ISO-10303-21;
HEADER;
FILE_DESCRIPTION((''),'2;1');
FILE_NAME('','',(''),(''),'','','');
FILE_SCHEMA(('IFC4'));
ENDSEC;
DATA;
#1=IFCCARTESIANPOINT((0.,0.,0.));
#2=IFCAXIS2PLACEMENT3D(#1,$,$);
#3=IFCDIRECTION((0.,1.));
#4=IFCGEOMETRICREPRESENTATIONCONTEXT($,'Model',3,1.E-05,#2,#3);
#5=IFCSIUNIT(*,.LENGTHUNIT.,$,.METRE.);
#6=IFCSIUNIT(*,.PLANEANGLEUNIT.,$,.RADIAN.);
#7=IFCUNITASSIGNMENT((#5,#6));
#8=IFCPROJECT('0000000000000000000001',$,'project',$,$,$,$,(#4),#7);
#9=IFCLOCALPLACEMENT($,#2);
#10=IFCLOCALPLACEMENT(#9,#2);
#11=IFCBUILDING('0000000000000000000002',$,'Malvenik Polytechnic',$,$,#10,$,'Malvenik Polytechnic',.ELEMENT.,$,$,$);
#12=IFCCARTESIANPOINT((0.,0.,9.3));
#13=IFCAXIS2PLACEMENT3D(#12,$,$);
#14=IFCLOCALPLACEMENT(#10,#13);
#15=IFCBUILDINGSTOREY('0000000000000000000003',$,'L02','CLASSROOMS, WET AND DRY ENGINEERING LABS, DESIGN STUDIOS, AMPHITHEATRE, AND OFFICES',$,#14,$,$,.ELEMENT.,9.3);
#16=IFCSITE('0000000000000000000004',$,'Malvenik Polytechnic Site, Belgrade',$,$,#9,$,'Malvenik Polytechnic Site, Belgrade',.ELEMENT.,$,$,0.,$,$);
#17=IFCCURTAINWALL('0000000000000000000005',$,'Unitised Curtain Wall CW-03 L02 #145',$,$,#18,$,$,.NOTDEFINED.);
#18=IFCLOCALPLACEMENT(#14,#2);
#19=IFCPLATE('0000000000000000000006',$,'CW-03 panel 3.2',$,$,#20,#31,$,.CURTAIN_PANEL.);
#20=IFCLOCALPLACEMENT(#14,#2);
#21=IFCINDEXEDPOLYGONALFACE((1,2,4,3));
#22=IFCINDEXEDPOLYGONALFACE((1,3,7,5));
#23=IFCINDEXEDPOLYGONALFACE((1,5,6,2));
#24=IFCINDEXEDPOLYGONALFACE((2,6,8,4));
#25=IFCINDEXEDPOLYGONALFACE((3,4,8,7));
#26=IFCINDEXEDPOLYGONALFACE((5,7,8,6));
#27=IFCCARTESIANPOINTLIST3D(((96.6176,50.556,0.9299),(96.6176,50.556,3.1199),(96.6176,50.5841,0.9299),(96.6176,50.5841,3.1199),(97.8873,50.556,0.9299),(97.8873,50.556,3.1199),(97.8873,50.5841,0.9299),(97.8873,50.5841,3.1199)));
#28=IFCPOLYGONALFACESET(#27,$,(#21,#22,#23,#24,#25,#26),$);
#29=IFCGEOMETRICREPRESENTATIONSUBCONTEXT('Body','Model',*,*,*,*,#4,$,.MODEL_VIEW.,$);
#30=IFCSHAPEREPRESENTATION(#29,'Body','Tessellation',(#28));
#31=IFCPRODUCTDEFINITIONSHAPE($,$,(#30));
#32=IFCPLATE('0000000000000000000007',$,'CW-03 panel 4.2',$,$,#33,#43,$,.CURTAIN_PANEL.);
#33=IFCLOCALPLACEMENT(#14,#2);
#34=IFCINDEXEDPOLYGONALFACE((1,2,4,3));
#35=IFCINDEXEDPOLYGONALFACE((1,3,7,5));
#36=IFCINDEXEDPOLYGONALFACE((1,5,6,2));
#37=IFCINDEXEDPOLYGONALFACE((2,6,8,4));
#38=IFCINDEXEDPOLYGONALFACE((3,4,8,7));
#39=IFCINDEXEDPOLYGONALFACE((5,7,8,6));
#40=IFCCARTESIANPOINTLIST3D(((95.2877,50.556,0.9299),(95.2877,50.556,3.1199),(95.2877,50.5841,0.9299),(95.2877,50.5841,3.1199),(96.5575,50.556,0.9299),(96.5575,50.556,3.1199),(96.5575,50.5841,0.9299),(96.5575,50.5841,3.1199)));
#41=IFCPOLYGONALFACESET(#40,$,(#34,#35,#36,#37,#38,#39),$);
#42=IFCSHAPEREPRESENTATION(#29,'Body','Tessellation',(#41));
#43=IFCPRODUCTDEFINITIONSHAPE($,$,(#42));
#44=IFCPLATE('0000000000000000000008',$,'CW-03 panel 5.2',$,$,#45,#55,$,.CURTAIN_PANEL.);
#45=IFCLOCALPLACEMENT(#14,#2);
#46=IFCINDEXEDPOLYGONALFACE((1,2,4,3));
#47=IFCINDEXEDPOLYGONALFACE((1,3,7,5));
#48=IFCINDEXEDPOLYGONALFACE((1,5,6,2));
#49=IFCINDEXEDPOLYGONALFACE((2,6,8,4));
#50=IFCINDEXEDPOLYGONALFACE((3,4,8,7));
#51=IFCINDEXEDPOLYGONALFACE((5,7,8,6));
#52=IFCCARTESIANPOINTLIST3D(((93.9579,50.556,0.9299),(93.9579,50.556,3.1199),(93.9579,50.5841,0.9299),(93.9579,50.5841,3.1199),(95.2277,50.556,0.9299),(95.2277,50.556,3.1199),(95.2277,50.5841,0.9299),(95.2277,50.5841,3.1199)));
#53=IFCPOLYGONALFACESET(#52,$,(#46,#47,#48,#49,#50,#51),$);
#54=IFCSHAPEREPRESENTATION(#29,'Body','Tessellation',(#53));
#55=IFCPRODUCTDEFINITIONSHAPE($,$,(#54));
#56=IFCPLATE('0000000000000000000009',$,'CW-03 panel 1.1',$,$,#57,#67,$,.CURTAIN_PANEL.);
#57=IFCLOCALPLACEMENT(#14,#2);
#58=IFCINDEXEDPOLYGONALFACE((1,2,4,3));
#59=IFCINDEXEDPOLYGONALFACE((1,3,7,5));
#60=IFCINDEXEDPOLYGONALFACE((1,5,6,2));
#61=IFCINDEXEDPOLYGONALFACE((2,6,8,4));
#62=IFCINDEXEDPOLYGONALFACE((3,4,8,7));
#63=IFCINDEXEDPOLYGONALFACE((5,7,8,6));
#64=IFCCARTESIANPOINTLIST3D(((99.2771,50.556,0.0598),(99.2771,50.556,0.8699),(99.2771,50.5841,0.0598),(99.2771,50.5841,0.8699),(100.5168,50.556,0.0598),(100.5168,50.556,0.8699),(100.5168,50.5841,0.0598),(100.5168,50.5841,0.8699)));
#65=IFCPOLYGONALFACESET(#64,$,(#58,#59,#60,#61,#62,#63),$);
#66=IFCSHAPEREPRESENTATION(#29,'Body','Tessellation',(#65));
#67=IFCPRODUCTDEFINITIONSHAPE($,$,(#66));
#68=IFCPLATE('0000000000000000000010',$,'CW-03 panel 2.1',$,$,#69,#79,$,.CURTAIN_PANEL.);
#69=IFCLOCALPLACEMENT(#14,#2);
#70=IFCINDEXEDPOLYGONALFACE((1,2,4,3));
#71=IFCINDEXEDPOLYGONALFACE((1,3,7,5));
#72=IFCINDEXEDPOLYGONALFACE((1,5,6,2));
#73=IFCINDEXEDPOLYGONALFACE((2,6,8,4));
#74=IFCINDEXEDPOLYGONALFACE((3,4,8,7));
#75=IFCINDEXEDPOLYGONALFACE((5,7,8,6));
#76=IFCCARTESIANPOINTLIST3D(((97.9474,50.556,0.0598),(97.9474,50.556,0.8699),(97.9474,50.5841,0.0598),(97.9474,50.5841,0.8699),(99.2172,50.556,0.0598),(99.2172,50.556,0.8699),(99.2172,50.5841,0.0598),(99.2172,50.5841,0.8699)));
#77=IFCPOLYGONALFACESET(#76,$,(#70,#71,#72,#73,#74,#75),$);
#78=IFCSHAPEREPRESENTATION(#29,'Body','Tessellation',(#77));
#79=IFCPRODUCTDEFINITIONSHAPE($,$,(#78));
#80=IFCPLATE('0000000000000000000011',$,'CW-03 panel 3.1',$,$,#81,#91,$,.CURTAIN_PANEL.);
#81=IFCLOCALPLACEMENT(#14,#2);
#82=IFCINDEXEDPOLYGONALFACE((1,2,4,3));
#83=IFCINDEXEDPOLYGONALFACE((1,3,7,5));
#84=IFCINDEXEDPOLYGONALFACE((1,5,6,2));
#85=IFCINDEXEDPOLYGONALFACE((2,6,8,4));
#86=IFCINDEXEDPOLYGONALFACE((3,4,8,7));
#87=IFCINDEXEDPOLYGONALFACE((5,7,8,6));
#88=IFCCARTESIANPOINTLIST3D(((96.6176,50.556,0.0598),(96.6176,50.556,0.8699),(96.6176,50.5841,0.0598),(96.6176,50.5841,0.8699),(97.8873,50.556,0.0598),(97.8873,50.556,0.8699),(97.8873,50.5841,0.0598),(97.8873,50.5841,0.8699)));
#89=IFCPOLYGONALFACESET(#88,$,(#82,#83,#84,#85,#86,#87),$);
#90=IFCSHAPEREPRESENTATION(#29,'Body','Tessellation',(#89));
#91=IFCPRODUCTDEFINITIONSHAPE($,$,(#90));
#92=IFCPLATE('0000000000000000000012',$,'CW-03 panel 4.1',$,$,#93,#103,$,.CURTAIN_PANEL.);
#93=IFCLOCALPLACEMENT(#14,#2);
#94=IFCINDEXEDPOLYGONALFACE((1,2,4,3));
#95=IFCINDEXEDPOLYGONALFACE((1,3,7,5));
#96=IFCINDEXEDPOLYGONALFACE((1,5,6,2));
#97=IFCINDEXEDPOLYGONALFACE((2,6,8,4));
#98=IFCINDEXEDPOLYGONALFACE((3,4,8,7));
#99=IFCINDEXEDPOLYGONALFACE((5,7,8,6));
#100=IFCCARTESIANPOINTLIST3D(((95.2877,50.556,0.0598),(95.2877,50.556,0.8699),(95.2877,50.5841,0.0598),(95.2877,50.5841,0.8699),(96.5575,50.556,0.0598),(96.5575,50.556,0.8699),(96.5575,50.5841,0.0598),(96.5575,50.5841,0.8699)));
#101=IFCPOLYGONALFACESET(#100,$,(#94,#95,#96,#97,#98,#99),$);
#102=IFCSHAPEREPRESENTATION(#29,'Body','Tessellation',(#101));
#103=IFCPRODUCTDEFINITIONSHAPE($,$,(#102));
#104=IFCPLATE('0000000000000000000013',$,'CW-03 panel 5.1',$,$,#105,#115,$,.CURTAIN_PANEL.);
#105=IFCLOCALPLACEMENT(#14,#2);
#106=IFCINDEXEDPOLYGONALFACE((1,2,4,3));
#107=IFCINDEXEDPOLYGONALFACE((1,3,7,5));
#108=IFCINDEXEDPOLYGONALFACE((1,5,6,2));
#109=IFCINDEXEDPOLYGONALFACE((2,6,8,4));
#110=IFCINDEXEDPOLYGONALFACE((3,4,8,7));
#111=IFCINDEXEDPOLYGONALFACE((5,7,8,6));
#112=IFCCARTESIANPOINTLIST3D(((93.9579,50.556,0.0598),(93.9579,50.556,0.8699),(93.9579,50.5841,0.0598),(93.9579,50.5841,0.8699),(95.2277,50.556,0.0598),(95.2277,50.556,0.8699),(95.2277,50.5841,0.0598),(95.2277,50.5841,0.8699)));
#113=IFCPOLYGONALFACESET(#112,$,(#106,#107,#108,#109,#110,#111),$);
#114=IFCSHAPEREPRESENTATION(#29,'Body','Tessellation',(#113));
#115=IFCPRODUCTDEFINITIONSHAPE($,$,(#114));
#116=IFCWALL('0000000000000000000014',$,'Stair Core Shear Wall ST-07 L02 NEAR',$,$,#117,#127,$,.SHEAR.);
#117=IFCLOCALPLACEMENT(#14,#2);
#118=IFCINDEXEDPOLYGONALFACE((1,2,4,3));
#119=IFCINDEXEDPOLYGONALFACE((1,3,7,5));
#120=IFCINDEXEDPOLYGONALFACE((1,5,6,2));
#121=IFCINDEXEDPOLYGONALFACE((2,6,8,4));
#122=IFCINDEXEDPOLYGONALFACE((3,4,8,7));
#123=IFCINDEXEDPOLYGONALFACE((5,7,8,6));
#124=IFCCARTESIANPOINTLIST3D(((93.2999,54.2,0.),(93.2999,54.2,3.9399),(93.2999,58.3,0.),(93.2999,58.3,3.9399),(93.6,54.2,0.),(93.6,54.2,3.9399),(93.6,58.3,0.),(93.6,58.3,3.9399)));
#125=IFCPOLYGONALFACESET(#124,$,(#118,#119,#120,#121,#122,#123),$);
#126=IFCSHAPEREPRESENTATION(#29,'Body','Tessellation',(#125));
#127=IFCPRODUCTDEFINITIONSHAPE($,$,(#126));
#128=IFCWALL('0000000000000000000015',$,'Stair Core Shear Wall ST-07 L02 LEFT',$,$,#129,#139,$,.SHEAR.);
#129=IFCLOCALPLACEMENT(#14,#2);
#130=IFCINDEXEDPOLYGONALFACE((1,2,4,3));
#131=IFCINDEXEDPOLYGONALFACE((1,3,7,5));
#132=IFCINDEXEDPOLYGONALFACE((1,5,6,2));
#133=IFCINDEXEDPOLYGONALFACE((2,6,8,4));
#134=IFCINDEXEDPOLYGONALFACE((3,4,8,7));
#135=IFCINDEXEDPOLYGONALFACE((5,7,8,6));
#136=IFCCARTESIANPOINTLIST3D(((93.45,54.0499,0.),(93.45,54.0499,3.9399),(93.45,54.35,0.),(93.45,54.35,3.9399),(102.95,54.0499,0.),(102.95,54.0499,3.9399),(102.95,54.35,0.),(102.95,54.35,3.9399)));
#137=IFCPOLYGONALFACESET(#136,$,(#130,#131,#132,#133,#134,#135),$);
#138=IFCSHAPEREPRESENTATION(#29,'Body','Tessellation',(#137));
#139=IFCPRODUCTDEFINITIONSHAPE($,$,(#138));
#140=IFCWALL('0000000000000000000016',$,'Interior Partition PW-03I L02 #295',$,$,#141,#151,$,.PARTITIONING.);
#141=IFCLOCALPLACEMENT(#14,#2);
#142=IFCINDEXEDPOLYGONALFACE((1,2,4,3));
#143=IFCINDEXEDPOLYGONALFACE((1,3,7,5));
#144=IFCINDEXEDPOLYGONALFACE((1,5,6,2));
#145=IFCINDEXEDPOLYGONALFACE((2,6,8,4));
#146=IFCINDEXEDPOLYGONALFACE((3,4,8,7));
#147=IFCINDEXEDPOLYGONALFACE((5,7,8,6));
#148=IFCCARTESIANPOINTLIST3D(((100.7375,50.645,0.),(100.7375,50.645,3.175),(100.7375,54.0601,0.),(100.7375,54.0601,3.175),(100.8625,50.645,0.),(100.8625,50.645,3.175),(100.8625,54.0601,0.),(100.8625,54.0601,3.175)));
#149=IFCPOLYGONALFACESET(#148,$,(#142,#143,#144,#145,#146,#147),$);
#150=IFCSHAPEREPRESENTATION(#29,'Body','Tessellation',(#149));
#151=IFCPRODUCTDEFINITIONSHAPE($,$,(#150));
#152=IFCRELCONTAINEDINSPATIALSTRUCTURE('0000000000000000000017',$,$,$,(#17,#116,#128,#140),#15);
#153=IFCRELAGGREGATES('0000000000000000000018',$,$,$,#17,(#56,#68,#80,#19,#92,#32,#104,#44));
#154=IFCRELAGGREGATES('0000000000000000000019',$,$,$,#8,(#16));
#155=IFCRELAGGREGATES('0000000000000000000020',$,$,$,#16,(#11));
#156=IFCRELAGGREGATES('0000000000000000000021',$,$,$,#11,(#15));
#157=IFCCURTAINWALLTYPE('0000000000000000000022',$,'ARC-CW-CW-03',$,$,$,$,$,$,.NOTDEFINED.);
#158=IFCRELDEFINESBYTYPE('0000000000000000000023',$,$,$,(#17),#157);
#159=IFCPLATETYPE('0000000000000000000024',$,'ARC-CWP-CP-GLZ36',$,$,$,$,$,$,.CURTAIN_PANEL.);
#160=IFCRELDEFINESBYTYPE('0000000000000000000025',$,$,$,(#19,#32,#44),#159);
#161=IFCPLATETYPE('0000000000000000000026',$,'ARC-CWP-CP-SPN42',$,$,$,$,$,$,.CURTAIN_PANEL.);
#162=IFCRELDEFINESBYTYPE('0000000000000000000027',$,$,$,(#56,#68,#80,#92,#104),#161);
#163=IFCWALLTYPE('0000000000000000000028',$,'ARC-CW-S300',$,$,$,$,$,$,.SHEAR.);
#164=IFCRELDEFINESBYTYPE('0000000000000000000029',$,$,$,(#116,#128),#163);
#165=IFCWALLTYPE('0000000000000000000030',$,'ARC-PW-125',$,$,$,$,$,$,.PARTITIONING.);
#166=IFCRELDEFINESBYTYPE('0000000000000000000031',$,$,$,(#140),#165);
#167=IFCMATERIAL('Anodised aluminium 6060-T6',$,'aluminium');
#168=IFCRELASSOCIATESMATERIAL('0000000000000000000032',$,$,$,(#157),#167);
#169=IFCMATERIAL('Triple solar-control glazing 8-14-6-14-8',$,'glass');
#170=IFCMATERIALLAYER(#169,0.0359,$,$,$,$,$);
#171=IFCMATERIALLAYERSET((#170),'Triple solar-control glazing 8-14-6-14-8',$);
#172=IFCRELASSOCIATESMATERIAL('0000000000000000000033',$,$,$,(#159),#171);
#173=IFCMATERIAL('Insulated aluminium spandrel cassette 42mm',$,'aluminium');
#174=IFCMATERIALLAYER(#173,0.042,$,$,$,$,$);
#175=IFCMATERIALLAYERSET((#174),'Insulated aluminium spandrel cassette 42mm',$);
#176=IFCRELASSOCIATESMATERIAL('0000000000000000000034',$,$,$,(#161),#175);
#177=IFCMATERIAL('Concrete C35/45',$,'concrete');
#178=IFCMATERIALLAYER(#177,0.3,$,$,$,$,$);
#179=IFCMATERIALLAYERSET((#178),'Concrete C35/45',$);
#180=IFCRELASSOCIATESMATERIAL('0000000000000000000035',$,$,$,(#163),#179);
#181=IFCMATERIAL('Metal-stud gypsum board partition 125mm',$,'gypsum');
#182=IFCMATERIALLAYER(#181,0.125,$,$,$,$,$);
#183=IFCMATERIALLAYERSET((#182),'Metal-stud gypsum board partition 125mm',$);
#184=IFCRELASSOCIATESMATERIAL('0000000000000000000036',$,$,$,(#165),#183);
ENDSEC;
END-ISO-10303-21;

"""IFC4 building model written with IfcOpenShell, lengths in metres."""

from ifc_helpers import new_model, si_unit, direction, frame, frame_2d, origin, origin_2d, place, context, subcontext, project, spatial, rectangle, extrude, material, layer, layer_set, type_object, element, aggregate, save


model = new_model("IFC4")

# Units and contexts
model_context = context("Model", 3, precision=1e-05, world=origin(), true_north=direction((0.0, 1.0)))
body_context = subcontext(model_context, "Body", "Model", "MODEL_VIEW")
ifc_project = project(units=[si_unit("LENGTHUNIT", "METRE"), si_unit("PLANEANGLEUNIT", "RADIAN")], contexts=[model_context])

# Site, building, storey
site_placement = place(None, origin())
site = spatial("IfcSite", under=ifc_project, at=site_placement, Name="Malvenik Polytechnic Site, Belgrade", LongName="Malvenik Polytechnic Site, Belgrade", CompositionType="ELEMENT", RefElevation=0.0)
building_placement = place(site_placement, origin())
building = spatial("IfcBuilding", under=site, at=building_placement, Name="Malvenik Polytechnic", LongName="Malvenik Polytechnic", CompositionType="ELEMENT")
storey_placement = place(building_placement, frame((0.0, 0.0, 9.3)))
storey = spatial("IfcBuildingStorey", under=building, at=storey_placement, Name="L02", Description="CLASSROOMS, WET AND DRY ENGINEERING LABS, DESIGN STUDIOS, AMPHITHEATRE, AND OFFICES", CompositionType="ELEMENT", Elevation=9.3)

# Shared definitions
ifc_material_1 = material(Name="Concrete C35/45", Category="concrete")

# Curtain wall
ifc_material_2 = material(Name="Anodised aluminium 6060-T6", Category="aluminium")
curtain_wall_type = type_object("IfcCurtainWallType", Name="ARC-CW-CW-03", PredefinedType="NOTDEFINED", material=ifc_material_2)
curtain_wall_placement = place(storey_placement, origin())
curtain_wall = element("IfcCurtainWall", 1, at=curtain_wall_placement, inside=storey, type_object=curtain_wall_type, Name="Unitised Curtain Wall CW-03 L02 #145", PredefinedType="NOTDEFINED")

# Plates
ifc_material_3 = material(Name="Triple solar-control glazing 8-14-6-14-8", Category="glass")
ifc_layer_1 = layer(ifc_material_3, 0.0359)
ifc_layer_set_1 = layer_set([ifc_layer_1], Name="Triple solar-control glazing 8-14-6-14-8")
plate_type_1 = type_object("IfcPlateType", Name="ARC-CWP-CP-GLZ36", PredefinedType="CURTAIN_PANEL", material=ifc_layer_set_1)
plate_1_placement = place(storey_placement, frame((97.2524, 50.5701, 0.9299), z_axis=(0.0, 0.0, 1.0), x_axis=(-1.0, 0.0, 0.0)))
plate_1 = element("IfcPlate", 2, at=plate_1_placement, type_object=plate_type_1, Name="CW-03 panel 3.2", PredefinedType="CURTAIN_PANEL", context=body_context, shape_type="SweptSolid", body=[
    extrude(rectangle(XDim=1.2698, YDim=0.0281, at=origin_2d()), origin(), (0.0, 0.0, 1.0), 2.1899),
])
plate_2_placement = place(storey_placement, frame((95.9226, 50.5701, 0.9299), z_axis=(0.0, 0.0, 1.0), x_axis=(-1.0, 0.0, 0.0)))
plate_2 = element("IfcPlate", 3, at=plate_2_placement, type_object=plate_type_1, Name="CW-03 panel 4.2", PredefinedType="CURTAIN_PANEL", context=body_context, shape_type="SweptSolid", body=[
    extrude(rectangle(XDim=1.2698, YDim=0.0281, at=origin_2d()), origin(), (0.0, 0.0, 1.0), 2.1899),
])
plate_3_placement = place(storey_placement, frame((94.5928, 50.5701, 0.9299), z_axis=(0.0, 0.0, 1.0), x_axis=(-1.0, 0.0, 0.0)))
plate_3 = element("IfcPlate", 4, at=plate_3_placement, type_object=plate_type_1, Name="CW-03 panel 5.2", PredefinedType="CURTAIN_PANEL", context=body_context, shape_type="SweptSolid", body=[
    extrude(rectangle(XDim=1.2698, YDim=0.0281, at=origin_2d()), origin(), (0.0, 0.0, 1.0), 2.1899),
])
ifc_material_4 = material(Name="Insulated aluminium spandrel cassette 42mm", Category="aluminium")
ifc_layer_2 = layer(ifc_material_4, 0.042)
ifc_layer_set_2 = layer_set([ifc_layer_2], Name="Insulated aluminium spandrel cassette 42mm")
plate_type_2 = type_object("IfcPlateType", Name="ARC-CWP-CP-SPN42", PredefinedType="CURTAIN_PANEL", material=ifc_layer_set_2)
plate_4_placement = place(storey_placement, frame((99.897, 50.5701, 0.0598), z_axis=(0.0, 0.0, 1.0), x_axis=(-1.0, 0.0, 0.0)))
plate_4 = element("IfcPlate", 5, at=plate_4_placement, type_object=plate_type_2, Name="CW-03 panel 1.1", PredefinedType="CURTAIN_PANEL", context=body_context, shape_type="SweptSolid", body=[
    extrude(rectangle(XDim=1.2397, YDim=0.0281, at=origin_2d()), origin(), (0.0, 0.0, 1.0), 0.8101),
])
plate_5_placement = place(storey_placement, frame((98.5823, 50.5701, 0.0598), z_axis=(0.0, 0.0, 1.0), x_axis=(-1.0, 0.0, 0.0)))
plate_5 = element("IfcPlate", 6, at=plate_5_placement, type_object=plate_type_2, Name="CW-03 panel 2.1", PredefinedType="CURTAIN_PANEL", context=body_context, shape_type="SweptSolid", body=[
    extrude(rectangle(XDim=1.2698, YDim=0.0281, at=origin_2d()), origin(), (0.0, 0.0, 1.0), 0.8101),
])
plate_6_placement = place(storey_placement, frame((97.2524, 50.5701, 0.0598), z_axis=(0.0, 0.0, 1.0), x_axis=(-1.0, 0.0, 0.0)))
plate_6 = element("IfcPlate", 7, at=plate_6_placement, type_object=plate_type_2, Name="CW-03 panel 3.1", PredefinedType="CURTAIN_PANEL", context=body_context, shape_type="SweptSolid", body=[
    extrude(rectangle(XDim=1.2698, YDim=0.0281, at=origin_2d()), origin(), (0.0, 0.0, 1.0), 0.8101),
])
plate_7_placement = place(storey_placement, frame((95.9226, 50.5701, 0.0598), z_axis=(0.0, 0.0, 1.0), x_axis=(-1.0, 0.0, 0.0)))
plate_7 = element("IfcPlate", 8, at=plate_7_placement, type_object=plate_type_2, Name="CW-03 panel 4.1", PredefinedType="CURTAIN_PANEL", context=body_context, shape_type="SweptSolid", body=[
    extrude(rectangle(XDim=1.2698, YDim=0.0281, at=origin_2d()), origin(), (0.0, 0.0, 1.0), 0.8101),
])
plate_8_placement = place(storey_placement, frame((94.5928, 50.5701, 0.0598), z_axis=(0.0, 0.0, 1.0), x_axis=(-1.0, 0.0, 0.0)))
plate_8 = element("IfcPlate", 9, at=plate_8_placement, type_object=plate_type_2, Name="CW-03 panel 5.1", PredefinedType="CURTAIN_PANEL", context=body_context, shape_type="SweptSolid", body=[
    extrude(rectangle(XDim=1.2698, YDim=0.0281, at=origin_2d()), origin(), (0.0, 0.0, 1.0), 0.8101),
])
aggregate(curtain_wall, [plate_4, plate_5, plate_6, plate_1, plate_7, plate_2, plate_8, plate_3])

# Walls
ifc_layer_3 = layer(ifc_material_1, 0.3)
ifc_layer_set_3 = layer_set([ifc_layer_3], Name="Concrete C35/45")
wall_type_1 = type_object("IfcWallType", Name="ARC-CW-S300", PredefinedType="SHEAR", material=ifc_layer_set_3)
wall_1_placement = place(storey_placement, frame((93.45, 54.2, 0.0), z_axis=(0.0, 0.0, 1.0), x_axis=(0.0, 1.0, 0.0)))
element("IfcWall", 10, at=wall_1_placement, inside=storey, type_object=wall_type_1, Name="Stair Core Shear Wall ST-07 L02 NEAR", PredefinedType="SHEAR", context=body_context, shape_type="SweptSolid", body=[
    extrude(rectangle(XDim=4.1001, YDim=0.3, at=frame_2d((2.05, 0.0))), origin(), (0.0, 0.0, 1.0), 3.9399),
])
wall_2_placement = place(storey_placement, frame((102.95, 54.2, 0.0), z_axis=(0.0, 0.0, 1.0), x_axis=(-1.0, 0.0, 0.0)))
element("IfcWall", 11, at=wall_2_placement, inside=storey, type_object=wall_type_1, Name="Stair Core Shear Wall ST-07 L02 LEFT", PredefinedType="SHEAR", context=body_context, shape_type="SweptSolid", body=[
    extrude(rectangle(XDim=9.5, YDim=0.3, at=frame_2d((4.75, 0.0))), origin(), (0.0, 0.0, 1.0), 3.9399),
])
ifc_material_5 = material(Name="Metal-stud gypsum board partition 125mm", Category="gypsum")
ifc_layer_4 = layer(ifc_material_5, 0.125)
ifc_layer_set_4 = layer_set([ifc_layer_4], Name="Metal-stud gypsum board partition 125mm")
wall_type_2 = type_object("IfcWallType", Name="ARC-PW-125", PredefinedType="PARTITIONING", material=ifc_layer_set_4)
wall_3_placement = place(storey_placement, frame((100.8, 50.645, 0.0), z_axis=(0.0, 0.0, 1.0), x_axis=(0.0, 1.0, 0.0)))
element("IfcWall", 12, at=wall_3_placement, inside=storey, type_object=wall_type_2, Name="Interior Partition PW-03I L02 #295", PredefinedType="PARTITIONING", context=body_context, shape_type="SweptSolid", body=[
    extrude(rectangle(XDim=3.415, YDim=0.125, at=frame_2d((1.7075, 0.0))), origin(), (0.0, 0.0, 1.0), 3.175),
])

save(model, "model.ifc")
